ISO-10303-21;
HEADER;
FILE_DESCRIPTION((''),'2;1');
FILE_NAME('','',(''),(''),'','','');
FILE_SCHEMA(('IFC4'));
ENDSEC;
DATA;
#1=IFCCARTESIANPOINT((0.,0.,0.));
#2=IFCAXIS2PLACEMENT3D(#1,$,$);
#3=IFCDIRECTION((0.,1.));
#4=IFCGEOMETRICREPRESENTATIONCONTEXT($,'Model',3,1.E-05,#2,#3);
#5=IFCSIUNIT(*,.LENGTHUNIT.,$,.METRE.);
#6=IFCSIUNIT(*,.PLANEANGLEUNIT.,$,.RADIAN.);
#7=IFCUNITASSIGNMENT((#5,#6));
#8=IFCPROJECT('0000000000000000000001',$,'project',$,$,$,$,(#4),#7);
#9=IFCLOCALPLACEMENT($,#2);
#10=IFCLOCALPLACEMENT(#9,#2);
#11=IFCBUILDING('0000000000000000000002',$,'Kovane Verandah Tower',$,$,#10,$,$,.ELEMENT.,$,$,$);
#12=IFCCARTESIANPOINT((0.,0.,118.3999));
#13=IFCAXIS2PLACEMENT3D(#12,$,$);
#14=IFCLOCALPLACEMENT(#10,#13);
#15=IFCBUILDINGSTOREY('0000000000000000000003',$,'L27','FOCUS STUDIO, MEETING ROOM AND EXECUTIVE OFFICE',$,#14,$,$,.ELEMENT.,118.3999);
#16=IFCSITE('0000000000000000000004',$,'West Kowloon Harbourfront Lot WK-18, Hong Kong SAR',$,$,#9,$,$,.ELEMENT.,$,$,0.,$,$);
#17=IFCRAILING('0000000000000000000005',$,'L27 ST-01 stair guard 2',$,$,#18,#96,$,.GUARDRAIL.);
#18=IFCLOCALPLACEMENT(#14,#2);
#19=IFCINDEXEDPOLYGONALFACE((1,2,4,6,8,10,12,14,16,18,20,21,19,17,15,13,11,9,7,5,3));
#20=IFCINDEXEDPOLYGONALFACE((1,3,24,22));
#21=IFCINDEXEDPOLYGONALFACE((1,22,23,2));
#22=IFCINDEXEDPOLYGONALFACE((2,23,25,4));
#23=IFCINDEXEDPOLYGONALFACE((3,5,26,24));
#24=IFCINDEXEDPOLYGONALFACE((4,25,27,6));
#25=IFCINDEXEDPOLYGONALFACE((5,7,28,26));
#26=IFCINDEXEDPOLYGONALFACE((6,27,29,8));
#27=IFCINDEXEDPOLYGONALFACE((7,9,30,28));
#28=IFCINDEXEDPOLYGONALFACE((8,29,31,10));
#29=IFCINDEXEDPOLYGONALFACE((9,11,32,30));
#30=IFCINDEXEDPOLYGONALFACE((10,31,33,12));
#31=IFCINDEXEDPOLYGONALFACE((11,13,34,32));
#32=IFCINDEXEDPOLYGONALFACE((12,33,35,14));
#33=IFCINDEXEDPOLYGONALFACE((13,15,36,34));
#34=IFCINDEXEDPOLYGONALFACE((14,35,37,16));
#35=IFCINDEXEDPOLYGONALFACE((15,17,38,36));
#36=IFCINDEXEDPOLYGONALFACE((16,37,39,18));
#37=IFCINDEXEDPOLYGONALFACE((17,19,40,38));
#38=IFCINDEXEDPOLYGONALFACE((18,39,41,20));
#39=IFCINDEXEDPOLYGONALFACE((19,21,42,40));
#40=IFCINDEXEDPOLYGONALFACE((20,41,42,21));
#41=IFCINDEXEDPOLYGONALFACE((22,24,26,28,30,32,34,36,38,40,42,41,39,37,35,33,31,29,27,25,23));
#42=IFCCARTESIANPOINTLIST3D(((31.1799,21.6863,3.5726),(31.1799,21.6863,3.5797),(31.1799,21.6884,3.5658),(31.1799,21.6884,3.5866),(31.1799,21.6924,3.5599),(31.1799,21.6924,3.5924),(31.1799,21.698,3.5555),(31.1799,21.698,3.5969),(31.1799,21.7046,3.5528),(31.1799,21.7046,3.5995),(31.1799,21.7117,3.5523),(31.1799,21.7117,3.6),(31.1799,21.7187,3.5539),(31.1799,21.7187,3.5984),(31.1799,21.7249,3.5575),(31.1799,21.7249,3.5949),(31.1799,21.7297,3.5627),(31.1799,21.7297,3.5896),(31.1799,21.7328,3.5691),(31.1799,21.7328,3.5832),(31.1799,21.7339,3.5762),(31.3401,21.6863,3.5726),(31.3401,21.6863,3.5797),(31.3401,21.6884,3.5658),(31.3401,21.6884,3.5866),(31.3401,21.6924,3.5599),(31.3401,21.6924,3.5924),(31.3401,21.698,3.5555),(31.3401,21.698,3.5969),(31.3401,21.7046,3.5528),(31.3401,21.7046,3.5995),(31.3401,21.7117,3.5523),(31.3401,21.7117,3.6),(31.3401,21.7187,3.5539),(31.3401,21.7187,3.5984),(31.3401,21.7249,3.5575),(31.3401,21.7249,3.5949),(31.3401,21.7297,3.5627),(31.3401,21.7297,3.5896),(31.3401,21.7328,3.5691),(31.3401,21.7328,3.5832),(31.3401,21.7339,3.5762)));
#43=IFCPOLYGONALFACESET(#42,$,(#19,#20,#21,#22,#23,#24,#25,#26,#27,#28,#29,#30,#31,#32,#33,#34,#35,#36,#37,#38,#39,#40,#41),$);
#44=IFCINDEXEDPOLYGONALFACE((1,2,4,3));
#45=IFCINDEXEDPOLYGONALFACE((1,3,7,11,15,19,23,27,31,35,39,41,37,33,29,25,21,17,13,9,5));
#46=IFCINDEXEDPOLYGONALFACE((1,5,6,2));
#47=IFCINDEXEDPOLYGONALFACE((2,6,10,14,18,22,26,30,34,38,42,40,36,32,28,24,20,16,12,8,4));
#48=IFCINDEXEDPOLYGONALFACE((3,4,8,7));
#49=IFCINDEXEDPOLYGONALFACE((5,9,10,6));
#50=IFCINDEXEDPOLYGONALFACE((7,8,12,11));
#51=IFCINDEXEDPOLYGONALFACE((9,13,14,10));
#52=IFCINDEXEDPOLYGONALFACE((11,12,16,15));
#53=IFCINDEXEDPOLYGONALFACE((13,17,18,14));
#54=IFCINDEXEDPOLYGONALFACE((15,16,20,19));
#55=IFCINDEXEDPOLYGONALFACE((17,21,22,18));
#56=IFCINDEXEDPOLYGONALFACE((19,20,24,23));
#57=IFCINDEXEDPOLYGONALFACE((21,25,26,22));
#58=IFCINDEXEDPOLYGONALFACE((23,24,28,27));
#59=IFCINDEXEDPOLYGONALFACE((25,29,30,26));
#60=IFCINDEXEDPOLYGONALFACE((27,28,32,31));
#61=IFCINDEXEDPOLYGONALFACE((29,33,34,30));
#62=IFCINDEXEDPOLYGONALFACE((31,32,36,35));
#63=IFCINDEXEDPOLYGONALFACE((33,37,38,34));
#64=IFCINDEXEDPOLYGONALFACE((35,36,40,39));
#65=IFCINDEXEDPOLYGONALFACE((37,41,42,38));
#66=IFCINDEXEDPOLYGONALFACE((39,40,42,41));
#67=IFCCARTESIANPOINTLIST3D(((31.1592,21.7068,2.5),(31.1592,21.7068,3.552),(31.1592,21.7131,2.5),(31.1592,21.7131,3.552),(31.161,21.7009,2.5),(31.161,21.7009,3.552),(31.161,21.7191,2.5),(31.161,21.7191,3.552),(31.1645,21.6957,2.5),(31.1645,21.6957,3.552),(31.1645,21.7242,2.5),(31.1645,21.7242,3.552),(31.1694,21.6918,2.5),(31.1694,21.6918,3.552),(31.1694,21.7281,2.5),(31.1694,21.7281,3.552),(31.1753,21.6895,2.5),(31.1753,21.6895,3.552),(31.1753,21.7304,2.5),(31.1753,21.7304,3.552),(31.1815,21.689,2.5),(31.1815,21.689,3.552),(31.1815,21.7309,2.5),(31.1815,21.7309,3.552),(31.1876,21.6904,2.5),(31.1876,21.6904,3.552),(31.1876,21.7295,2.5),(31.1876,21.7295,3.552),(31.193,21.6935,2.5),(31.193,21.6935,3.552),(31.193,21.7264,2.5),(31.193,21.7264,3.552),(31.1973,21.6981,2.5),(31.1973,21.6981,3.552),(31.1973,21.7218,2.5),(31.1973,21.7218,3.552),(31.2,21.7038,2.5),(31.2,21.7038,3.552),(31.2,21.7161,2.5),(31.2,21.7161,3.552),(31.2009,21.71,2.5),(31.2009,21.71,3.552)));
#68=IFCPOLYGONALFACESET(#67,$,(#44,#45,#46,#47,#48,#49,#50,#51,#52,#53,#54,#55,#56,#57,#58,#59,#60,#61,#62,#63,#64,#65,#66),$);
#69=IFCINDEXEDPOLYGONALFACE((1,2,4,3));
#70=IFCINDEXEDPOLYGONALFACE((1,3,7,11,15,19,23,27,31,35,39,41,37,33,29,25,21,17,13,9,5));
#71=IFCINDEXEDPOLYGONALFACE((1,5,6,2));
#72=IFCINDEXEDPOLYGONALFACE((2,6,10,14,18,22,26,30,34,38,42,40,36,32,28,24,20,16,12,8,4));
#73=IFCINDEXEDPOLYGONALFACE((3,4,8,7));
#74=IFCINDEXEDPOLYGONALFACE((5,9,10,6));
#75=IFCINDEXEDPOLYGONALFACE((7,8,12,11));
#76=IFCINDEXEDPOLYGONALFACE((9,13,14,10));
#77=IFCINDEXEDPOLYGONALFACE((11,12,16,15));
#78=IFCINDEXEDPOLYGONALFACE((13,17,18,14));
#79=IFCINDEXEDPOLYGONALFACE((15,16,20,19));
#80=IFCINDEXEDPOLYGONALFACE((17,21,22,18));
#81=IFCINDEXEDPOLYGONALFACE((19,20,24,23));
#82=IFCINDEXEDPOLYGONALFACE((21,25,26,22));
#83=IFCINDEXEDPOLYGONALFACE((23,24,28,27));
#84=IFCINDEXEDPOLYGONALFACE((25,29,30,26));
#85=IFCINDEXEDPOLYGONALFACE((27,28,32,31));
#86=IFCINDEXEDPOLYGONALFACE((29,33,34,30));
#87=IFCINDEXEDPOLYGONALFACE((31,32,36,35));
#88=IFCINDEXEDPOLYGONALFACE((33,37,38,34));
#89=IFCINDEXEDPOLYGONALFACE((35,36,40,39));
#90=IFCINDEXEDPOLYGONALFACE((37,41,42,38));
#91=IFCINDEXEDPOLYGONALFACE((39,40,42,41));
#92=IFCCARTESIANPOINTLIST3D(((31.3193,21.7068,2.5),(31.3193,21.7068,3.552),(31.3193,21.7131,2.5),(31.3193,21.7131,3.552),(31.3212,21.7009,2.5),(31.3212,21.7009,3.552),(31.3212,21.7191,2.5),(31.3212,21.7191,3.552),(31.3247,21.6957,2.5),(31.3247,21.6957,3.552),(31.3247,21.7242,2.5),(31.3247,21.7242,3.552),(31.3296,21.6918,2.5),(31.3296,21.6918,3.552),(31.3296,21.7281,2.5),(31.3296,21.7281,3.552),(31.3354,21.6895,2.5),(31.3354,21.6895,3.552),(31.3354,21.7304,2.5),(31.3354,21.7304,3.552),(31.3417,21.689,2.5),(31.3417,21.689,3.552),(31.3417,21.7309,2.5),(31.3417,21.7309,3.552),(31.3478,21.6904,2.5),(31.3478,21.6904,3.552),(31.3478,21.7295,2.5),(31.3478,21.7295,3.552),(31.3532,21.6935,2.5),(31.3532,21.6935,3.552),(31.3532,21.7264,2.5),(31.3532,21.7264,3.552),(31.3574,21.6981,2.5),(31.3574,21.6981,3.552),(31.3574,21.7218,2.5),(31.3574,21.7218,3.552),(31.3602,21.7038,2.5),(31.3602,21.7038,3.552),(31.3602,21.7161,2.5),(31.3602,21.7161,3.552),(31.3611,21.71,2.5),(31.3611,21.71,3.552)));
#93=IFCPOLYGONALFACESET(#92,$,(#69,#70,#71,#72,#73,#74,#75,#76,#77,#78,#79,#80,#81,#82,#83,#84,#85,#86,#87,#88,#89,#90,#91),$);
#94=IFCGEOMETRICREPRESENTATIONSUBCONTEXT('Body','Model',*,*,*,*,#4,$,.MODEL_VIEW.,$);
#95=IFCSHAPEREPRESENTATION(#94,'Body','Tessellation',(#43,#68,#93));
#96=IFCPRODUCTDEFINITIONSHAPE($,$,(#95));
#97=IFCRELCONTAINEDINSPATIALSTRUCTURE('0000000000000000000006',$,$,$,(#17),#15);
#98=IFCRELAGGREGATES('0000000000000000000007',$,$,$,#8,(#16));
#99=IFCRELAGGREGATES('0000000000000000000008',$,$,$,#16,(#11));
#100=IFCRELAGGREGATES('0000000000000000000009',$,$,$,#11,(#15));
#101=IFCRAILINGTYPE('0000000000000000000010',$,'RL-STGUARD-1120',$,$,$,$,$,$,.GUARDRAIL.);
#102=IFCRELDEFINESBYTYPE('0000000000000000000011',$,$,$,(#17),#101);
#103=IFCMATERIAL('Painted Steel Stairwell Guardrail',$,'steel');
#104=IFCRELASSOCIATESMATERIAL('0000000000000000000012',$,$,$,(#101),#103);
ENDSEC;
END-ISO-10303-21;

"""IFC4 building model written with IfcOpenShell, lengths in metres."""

from ifc_helpers import new_model, si_unit, direction, frame, origin, origin_2d, place, context, subcontext, project, spatial, circle, extrude, material, type_object, element, save


model = new_model("IFC4")

# Units and contexts
model_context = context("Model", 3, precision=1e-05, world=origin(), true_north=direction((0.0, 1.0)))
body_context = subcontext(model_context, "Body", "Model", "MODEL_VIEW")
ifc_project = project(units=[si_unit("LENGTHUNIT", "METRE"), si_unit("PLANEANGLEUNIT", "RADIAN")], contexts=[model_context])

# Site, building, storey
site_placement = place(None, origin())
site = spatial("IfcSite", under=ifc_project, at=site_placement, Name="West Kowloon Harbourfront Lot WK-18, Hong Kong SAR", CompositionType="ELEMENT", RefElevation=0.0)
building_placement = place(site_placement, origin())
building = spatial("IfcBuilding", under=site, at=building_placement, Name="Kovane Verandah Tower", CompositionType="ELEMENT")
storey_placement = place(building_placement, frame((0.0, 0.0, 118.3999)))
storey = spatial("IfcBuildingStorey", under=building, at=storey_placement, Name="L27", Description="FOCUS STUDIO, MEETING ROOM AND EXECUTIVE OFFICE", CompositionType="ELEMENT", Elevation=118.3999)

# Railing
ifc_material_1 = material(Name="Painted Steel Stairwell Guardrail", Category="steel")
railing_type_1 = type_object("IfcRailingType", Name="RL-STGUARD-1120", PredefinedType="GUARDRAIL", material=ifc_material_1)
railing_1_placement = place(storey_placement, frame((31.1799, 21.71, 2.5)))
element("IfcRailing", 1, at=railing_1_placement, inside=storey, type_object=railing_type_1, Name="L27 ST-01 stair guard 2", PredefinedType="GUARDRAIL", context=body_context, shape_type="SweptSolid", body=[
    extrude(circle(Radius=0.0239, at=origin_2d()), frame((0.0, 0.0, 1.0762), z_axis=(1.0, 0.0, 0.0), x_axis=(0.0, 1.0, 0.0)), (0.0, 0.0, 1.0), 0.1602),
    extrude(circle(Radius=0.021, at=origin_2d()), origin(), (0.0, 0.0, 1.0), 1.052),
    extrude(circle(Radius=0.021, at=origin_2d()), frame((0.1602, 0.0, 0.0)), (0.0, 0.0, 1.0), 1.052),
])

save(model, "model.ifc")
